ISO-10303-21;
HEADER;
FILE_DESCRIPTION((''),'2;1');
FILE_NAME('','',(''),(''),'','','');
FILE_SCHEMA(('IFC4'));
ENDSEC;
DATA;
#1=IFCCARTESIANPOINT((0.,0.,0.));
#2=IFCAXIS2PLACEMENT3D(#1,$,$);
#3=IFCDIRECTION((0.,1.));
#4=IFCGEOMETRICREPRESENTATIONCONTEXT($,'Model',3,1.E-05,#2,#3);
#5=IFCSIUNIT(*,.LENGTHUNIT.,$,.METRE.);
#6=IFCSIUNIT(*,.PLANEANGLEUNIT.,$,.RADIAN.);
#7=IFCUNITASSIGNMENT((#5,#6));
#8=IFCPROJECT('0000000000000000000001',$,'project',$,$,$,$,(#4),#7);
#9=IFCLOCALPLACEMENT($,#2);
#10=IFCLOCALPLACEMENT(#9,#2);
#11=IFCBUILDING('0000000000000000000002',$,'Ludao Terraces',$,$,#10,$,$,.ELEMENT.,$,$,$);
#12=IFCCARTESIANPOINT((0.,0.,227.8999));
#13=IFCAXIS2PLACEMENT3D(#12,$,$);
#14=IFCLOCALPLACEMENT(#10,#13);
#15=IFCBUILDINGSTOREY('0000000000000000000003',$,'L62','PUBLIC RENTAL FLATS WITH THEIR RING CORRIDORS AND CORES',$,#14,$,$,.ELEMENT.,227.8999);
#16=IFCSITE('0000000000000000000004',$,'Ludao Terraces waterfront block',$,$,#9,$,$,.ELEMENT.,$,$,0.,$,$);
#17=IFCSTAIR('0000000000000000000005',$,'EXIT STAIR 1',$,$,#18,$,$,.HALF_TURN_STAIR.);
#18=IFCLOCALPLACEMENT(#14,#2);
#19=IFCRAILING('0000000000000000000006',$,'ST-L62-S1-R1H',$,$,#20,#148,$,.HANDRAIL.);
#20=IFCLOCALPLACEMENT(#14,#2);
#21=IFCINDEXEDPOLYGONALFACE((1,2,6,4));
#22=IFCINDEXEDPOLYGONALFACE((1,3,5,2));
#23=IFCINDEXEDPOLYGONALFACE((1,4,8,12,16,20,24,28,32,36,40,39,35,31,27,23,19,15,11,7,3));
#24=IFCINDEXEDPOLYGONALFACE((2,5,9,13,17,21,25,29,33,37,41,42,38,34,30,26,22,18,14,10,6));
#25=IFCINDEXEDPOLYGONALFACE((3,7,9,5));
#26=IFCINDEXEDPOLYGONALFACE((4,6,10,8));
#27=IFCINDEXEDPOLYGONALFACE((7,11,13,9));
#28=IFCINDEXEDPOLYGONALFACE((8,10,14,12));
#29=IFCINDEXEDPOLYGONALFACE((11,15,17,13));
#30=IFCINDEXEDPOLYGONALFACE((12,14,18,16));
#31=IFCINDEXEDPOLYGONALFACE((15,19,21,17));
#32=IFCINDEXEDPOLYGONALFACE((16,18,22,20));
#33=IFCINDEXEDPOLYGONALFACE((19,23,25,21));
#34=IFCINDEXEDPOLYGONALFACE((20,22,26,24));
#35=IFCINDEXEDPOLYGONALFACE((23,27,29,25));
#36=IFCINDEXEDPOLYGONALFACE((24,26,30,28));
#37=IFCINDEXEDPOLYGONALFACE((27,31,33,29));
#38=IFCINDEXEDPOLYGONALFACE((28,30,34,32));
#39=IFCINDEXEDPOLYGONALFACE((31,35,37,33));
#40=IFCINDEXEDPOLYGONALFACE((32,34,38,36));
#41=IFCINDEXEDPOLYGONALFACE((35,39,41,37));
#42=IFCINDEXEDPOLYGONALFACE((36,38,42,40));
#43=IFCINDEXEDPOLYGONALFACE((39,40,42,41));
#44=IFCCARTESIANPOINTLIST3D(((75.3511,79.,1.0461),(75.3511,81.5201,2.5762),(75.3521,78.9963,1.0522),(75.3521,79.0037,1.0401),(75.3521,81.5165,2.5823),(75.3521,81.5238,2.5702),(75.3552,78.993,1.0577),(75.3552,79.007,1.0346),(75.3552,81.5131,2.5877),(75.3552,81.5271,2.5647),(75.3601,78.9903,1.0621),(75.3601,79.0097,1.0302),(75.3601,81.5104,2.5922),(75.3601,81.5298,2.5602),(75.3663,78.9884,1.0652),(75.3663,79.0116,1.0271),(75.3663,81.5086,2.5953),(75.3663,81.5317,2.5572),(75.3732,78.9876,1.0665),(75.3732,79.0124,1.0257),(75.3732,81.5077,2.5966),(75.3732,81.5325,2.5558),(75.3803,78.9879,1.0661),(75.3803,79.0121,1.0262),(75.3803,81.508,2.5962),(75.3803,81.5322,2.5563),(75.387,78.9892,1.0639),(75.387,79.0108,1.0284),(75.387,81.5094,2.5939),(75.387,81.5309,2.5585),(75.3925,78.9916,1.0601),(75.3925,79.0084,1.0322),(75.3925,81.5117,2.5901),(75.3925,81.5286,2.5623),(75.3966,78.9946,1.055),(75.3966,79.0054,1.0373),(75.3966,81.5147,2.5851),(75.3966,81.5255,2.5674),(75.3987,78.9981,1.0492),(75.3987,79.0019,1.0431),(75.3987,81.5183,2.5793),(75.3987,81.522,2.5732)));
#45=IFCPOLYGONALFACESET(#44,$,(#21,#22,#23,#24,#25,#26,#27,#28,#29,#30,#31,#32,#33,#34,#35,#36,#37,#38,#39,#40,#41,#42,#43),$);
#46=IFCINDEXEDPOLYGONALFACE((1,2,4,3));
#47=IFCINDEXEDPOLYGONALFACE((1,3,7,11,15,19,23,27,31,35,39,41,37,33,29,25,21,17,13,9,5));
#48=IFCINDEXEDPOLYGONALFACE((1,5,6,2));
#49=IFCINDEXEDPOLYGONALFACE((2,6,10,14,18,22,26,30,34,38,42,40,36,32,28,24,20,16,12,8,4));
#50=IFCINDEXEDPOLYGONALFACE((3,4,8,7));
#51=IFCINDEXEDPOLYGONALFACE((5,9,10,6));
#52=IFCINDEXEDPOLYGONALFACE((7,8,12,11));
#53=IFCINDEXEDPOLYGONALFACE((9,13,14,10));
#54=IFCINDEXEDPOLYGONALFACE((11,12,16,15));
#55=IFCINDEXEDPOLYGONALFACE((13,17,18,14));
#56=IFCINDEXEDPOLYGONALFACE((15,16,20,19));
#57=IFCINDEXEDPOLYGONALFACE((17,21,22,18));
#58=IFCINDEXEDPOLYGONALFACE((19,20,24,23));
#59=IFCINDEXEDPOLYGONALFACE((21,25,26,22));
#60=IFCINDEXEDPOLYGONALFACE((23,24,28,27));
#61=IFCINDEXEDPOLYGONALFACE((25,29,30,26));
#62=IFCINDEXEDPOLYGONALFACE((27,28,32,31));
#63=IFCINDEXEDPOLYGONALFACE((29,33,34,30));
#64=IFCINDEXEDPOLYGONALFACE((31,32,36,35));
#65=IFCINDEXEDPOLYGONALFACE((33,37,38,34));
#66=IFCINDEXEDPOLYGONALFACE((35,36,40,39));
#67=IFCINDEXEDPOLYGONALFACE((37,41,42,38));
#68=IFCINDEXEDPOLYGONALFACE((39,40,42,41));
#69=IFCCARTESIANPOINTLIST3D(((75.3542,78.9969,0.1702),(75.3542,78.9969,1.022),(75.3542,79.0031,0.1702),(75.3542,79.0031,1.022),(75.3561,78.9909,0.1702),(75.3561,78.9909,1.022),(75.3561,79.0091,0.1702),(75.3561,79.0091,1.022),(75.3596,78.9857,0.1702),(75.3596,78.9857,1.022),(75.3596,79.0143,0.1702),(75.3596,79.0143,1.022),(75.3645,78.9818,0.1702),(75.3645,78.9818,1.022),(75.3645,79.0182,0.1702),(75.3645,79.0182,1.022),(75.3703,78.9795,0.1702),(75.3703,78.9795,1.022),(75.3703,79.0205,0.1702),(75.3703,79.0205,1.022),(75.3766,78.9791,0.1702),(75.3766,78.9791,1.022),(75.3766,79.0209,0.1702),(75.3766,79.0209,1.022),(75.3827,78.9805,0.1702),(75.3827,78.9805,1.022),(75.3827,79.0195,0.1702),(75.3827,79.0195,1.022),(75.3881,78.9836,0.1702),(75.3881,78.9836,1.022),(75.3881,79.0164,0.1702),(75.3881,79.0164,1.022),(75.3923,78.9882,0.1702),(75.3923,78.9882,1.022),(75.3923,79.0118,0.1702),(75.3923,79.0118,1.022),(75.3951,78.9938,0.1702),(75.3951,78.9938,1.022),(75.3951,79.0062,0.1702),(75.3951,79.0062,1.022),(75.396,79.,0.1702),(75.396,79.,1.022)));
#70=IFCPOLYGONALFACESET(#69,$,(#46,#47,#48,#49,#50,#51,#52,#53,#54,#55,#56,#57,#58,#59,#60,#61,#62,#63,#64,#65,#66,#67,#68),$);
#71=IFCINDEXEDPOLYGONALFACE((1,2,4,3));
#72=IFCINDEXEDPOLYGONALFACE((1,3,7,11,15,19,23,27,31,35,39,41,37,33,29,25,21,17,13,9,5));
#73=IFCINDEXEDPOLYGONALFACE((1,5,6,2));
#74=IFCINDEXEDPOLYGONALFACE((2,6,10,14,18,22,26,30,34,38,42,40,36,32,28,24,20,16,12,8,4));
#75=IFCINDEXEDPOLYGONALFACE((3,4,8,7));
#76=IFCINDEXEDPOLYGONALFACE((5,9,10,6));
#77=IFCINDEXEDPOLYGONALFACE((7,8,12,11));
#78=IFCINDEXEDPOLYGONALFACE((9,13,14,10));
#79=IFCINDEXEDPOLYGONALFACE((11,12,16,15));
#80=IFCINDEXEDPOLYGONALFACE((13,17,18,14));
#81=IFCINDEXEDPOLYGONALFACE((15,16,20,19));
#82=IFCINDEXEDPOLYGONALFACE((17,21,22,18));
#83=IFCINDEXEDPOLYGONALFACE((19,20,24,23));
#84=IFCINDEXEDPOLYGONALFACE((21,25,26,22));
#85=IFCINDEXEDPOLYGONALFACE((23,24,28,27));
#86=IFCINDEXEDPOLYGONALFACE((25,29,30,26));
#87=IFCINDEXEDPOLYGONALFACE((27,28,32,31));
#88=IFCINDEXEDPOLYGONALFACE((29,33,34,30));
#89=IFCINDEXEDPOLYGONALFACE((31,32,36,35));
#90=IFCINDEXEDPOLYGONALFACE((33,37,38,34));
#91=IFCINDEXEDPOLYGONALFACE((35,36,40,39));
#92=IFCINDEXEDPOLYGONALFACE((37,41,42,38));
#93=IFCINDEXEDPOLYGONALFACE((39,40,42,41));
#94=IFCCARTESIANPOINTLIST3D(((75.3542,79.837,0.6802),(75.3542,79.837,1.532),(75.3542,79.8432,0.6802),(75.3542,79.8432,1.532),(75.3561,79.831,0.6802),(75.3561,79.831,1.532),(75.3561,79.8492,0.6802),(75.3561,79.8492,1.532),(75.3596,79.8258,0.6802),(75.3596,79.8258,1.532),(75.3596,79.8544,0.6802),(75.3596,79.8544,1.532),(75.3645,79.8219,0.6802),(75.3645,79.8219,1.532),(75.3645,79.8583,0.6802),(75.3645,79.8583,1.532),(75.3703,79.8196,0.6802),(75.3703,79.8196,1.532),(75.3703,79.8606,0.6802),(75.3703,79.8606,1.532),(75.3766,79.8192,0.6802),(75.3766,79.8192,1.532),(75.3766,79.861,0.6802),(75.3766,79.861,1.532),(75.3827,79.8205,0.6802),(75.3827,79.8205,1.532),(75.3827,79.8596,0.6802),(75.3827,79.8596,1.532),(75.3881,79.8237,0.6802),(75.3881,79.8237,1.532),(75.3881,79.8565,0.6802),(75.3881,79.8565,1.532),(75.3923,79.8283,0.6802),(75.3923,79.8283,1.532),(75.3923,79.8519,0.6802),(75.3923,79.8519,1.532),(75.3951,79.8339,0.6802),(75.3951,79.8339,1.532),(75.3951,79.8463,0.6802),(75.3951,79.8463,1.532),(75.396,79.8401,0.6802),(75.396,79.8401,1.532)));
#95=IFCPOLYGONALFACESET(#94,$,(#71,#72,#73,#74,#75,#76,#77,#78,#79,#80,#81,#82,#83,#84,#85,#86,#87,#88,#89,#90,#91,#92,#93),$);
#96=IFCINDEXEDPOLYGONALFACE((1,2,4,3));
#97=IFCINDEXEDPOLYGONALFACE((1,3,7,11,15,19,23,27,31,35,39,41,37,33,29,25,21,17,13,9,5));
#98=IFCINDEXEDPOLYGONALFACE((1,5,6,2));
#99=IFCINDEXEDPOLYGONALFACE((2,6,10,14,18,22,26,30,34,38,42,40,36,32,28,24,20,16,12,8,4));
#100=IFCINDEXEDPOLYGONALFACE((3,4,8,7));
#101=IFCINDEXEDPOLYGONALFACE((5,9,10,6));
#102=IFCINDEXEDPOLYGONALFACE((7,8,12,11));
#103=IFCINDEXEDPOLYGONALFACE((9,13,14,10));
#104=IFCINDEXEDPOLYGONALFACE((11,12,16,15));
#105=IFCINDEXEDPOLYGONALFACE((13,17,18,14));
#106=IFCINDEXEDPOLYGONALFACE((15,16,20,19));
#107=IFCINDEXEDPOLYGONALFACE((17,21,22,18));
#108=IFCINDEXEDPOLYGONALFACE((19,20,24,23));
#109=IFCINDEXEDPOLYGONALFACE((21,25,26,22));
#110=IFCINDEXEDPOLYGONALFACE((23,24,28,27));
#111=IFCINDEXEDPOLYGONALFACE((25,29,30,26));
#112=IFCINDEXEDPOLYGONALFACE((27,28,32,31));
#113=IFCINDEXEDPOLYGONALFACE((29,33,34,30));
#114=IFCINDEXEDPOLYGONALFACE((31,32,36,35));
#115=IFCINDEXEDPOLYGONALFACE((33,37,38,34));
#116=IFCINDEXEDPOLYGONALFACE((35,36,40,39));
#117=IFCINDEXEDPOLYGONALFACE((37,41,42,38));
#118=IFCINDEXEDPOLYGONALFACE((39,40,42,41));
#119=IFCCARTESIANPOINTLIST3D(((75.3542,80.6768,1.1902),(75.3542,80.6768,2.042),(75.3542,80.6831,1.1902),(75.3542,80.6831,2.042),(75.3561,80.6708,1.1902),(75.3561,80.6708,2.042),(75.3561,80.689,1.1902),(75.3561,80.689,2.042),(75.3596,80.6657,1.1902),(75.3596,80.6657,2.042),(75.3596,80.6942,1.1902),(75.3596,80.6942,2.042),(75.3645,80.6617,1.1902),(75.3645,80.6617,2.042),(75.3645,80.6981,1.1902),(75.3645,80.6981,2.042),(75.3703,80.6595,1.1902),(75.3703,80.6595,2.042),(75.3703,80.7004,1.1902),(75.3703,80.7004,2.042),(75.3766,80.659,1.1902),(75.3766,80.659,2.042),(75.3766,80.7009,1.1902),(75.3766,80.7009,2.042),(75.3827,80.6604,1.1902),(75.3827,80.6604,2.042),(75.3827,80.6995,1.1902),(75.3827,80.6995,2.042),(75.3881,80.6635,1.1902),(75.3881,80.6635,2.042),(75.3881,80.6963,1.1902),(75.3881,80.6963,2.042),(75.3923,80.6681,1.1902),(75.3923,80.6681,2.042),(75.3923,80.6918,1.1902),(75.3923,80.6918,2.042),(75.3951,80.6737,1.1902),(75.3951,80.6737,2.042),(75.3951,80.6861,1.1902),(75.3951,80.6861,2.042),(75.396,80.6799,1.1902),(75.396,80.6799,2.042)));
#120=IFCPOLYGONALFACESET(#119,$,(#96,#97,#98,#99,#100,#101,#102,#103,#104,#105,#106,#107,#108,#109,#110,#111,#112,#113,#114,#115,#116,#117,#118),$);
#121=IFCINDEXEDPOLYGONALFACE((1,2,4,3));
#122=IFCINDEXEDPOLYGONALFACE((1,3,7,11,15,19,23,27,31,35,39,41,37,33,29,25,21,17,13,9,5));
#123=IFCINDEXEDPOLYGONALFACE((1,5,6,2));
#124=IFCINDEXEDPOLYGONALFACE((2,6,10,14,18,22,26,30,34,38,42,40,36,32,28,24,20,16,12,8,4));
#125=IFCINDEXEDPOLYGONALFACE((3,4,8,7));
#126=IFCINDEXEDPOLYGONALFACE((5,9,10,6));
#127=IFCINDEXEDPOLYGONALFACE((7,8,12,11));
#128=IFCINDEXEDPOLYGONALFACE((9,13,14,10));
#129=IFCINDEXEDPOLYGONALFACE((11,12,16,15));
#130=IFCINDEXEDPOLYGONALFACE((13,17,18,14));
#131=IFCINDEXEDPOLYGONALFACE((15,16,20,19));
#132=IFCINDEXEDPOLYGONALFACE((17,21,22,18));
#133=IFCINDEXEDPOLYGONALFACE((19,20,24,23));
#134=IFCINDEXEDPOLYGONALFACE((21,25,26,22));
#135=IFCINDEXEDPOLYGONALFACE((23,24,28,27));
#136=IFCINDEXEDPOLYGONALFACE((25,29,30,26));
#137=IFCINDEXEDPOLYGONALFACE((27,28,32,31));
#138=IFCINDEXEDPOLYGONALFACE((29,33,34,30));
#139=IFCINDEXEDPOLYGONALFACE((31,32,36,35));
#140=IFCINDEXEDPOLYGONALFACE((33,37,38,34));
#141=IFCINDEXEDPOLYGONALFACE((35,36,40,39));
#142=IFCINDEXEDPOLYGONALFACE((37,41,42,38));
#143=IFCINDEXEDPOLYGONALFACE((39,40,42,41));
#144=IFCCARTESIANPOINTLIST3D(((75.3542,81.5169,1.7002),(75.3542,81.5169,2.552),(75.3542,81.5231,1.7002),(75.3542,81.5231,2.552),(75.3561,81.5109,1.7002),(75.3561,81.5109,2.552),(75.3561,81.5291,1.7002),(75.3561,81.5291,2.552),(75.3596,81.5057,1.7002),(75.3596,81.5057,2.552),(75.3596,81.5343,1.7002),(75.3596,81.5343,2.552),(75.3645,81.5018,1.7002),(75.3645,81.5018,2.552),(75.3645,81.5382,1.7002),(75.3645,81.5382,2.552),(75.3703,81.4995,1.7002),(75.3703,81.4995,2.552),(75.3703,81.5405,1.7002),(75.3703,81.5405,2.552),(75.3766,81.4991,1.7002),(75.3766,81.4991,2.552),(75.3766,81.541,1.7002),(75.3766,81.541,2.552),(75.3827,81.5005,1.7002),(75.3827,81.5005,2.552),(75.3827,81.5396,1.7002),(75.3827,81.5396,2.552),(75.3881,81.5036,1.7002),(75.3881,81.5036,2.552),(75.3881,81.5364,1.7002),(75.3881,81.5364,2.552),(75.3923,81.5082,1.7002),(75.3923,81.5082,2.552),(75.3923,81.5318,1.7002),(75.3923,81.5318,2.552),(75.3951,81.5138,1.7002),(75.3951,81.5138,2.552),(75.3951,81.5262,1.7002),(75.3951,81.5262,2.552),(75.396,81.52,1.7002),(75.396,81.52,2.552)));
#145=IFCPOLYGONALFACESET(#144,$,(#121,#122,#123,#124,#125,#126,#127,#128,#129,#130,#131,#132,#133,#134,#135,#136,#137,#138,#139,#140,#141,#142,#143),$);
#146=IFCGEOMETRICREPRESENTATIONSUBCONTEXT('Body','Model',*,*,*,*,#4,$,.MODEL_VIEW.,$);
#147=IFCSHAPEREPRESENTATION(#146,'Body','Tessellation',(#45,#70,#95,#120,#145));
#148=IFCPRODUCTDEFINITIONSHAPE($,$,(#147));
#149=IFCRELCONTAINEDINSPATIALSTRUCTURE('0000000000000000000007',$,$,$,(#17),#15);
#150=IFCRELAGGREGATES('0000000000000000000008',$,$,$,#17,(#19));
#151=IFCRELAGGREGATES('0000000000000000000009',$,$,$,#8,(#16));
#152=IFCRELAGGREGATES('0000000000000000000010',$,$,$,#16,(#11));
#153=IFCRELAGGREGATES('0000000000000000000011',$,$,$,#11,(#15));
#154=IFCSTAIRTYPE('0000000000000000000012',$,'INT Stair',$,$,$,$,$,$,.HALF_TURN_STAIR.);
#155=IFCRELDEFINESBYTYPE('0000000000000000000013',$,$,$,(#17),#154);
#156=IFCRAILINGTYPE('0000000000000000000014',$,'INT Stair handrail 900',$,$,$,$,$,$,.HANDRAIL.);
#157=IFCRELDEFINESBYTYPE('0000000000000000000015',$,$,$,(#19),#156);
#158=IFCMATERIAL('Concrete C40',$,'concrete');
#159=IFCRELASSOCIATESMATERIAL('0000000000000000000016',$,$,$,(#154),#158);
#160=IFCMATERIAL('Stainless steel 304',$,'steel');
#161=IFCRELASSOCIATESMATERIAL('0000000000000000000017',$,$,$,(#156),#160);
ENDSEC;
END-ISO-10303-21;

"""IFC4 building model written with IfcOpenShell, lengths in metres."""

from ifc_helpers import new_model, si_unit, direction, frame, origin, origin_2d, place, context, subcontext, project, spatial, circle, extrude, material, type_object, element, aggregate, save


model = new_model("IFC4")

# Units and contexts
model_context = context("Model", 3, precision=1e-05, world=origin(), true_north=direction((0.0, 1.0)))
body_context = subcontext(model_context, "Body", "Model", "MODEL_VIEW")
ifc_project = project(units=[si_unit("LENGTHUNIT", "METRE"), si_unit("PLANEANGLEUNIT", "RADIAN")], contexts=[model_context])

# Site, building, storey
site_placement = place(None, origin())
site = spatial("IfcSite", under=ifc_project, at=site_placement, Name="Ludao Terraces waterfront block", CompositionType="ELEMENT", RefElevation=0.0)
building_placement = place(site_placement, origin())
building = spatial("IfcBuilding", under=site, at=building_placement, Name="Ludao Terraces", CompositionType="ELEMENT")
storey_placement = place(building_placement, frame((0.0, 0.0, 227.8999)))
storey = spatial("IfcBuildingStorey", under=building, at=storey_placement, Name="L62", Description="PUBLIC RENTAL FLATS WITH THEIR RING CORRIDORS AND CORES", CompositionType="ELEMENT", Elevation=227.8999)

# Shared definitions
ifc_material_1 = material(Name="Concrete C40", Category="concrete")

# Stair, railing
stair_type = type_object("IfcStairType", Name="INT Stair", PredefinedType="HALF_TURN_STAIR", material=ifc_material_1)
stair_placement = place(storey_placement, origin())
stair = element("IfcStair", 1, at=stair_placement, inside=storey, type_object=stair_type, Name="EXIT STAIR 1", PredefinedType="HALF_TURN_STAIR")
ifc_material_2 = material(Name="Stainless steel 304", Category="steel")
railing_type_1 = type_object("IfcRailingType", Name="INT Stair handrail 900", PredefinedType="HANDRAIL", material=ifc_material_2)
railing_1_placement = place(storey_placement, frame((75.375, 79.0, 0.1702)))
railing_1 = element("IfcRailing", 2, at=railing_1_placement, type_object=railing_type_1, Name="ST-L62-S1-R1H", PredefinedType="HANDRAIL", context=body_context, shape_type="SweptSolid", body=[
    extrude(circle(Radius=0.0239, at=origin_2d()), frame((0.0, 0.0, 0.876), z_axis=(0.0, 0.854785, 0.518982), x_axis=(-1.0, 0.0, 0.0)), (0.0, 0.0, 1.0), 2.9482),
    extrude(circle(Radius=0.021, at=origin_2d()), origin(), (0.0, 0.0, 1.0), 0.8518),
    extrude(circle(Radius=0.021, at=origin_2d()), frame((0.0, 0.8401, 0.51)), (0.0, 0.0, 1.0), 0.8518),
    extrude(circle(Radius=0.021, at=origin_2d()), frame((0.0, 1.6799, 1.02)), (0.0, 0.0, 1.0), 0.8518),
    extrude(circle(Radius=0.021, at=origin_2d()), frame((0.0, 2.52, 1.53)), (0.0, 0.0, 1.0), 0.8518),
])
aggregate(stair, [railing_1])

save(model, "model.ifc")
